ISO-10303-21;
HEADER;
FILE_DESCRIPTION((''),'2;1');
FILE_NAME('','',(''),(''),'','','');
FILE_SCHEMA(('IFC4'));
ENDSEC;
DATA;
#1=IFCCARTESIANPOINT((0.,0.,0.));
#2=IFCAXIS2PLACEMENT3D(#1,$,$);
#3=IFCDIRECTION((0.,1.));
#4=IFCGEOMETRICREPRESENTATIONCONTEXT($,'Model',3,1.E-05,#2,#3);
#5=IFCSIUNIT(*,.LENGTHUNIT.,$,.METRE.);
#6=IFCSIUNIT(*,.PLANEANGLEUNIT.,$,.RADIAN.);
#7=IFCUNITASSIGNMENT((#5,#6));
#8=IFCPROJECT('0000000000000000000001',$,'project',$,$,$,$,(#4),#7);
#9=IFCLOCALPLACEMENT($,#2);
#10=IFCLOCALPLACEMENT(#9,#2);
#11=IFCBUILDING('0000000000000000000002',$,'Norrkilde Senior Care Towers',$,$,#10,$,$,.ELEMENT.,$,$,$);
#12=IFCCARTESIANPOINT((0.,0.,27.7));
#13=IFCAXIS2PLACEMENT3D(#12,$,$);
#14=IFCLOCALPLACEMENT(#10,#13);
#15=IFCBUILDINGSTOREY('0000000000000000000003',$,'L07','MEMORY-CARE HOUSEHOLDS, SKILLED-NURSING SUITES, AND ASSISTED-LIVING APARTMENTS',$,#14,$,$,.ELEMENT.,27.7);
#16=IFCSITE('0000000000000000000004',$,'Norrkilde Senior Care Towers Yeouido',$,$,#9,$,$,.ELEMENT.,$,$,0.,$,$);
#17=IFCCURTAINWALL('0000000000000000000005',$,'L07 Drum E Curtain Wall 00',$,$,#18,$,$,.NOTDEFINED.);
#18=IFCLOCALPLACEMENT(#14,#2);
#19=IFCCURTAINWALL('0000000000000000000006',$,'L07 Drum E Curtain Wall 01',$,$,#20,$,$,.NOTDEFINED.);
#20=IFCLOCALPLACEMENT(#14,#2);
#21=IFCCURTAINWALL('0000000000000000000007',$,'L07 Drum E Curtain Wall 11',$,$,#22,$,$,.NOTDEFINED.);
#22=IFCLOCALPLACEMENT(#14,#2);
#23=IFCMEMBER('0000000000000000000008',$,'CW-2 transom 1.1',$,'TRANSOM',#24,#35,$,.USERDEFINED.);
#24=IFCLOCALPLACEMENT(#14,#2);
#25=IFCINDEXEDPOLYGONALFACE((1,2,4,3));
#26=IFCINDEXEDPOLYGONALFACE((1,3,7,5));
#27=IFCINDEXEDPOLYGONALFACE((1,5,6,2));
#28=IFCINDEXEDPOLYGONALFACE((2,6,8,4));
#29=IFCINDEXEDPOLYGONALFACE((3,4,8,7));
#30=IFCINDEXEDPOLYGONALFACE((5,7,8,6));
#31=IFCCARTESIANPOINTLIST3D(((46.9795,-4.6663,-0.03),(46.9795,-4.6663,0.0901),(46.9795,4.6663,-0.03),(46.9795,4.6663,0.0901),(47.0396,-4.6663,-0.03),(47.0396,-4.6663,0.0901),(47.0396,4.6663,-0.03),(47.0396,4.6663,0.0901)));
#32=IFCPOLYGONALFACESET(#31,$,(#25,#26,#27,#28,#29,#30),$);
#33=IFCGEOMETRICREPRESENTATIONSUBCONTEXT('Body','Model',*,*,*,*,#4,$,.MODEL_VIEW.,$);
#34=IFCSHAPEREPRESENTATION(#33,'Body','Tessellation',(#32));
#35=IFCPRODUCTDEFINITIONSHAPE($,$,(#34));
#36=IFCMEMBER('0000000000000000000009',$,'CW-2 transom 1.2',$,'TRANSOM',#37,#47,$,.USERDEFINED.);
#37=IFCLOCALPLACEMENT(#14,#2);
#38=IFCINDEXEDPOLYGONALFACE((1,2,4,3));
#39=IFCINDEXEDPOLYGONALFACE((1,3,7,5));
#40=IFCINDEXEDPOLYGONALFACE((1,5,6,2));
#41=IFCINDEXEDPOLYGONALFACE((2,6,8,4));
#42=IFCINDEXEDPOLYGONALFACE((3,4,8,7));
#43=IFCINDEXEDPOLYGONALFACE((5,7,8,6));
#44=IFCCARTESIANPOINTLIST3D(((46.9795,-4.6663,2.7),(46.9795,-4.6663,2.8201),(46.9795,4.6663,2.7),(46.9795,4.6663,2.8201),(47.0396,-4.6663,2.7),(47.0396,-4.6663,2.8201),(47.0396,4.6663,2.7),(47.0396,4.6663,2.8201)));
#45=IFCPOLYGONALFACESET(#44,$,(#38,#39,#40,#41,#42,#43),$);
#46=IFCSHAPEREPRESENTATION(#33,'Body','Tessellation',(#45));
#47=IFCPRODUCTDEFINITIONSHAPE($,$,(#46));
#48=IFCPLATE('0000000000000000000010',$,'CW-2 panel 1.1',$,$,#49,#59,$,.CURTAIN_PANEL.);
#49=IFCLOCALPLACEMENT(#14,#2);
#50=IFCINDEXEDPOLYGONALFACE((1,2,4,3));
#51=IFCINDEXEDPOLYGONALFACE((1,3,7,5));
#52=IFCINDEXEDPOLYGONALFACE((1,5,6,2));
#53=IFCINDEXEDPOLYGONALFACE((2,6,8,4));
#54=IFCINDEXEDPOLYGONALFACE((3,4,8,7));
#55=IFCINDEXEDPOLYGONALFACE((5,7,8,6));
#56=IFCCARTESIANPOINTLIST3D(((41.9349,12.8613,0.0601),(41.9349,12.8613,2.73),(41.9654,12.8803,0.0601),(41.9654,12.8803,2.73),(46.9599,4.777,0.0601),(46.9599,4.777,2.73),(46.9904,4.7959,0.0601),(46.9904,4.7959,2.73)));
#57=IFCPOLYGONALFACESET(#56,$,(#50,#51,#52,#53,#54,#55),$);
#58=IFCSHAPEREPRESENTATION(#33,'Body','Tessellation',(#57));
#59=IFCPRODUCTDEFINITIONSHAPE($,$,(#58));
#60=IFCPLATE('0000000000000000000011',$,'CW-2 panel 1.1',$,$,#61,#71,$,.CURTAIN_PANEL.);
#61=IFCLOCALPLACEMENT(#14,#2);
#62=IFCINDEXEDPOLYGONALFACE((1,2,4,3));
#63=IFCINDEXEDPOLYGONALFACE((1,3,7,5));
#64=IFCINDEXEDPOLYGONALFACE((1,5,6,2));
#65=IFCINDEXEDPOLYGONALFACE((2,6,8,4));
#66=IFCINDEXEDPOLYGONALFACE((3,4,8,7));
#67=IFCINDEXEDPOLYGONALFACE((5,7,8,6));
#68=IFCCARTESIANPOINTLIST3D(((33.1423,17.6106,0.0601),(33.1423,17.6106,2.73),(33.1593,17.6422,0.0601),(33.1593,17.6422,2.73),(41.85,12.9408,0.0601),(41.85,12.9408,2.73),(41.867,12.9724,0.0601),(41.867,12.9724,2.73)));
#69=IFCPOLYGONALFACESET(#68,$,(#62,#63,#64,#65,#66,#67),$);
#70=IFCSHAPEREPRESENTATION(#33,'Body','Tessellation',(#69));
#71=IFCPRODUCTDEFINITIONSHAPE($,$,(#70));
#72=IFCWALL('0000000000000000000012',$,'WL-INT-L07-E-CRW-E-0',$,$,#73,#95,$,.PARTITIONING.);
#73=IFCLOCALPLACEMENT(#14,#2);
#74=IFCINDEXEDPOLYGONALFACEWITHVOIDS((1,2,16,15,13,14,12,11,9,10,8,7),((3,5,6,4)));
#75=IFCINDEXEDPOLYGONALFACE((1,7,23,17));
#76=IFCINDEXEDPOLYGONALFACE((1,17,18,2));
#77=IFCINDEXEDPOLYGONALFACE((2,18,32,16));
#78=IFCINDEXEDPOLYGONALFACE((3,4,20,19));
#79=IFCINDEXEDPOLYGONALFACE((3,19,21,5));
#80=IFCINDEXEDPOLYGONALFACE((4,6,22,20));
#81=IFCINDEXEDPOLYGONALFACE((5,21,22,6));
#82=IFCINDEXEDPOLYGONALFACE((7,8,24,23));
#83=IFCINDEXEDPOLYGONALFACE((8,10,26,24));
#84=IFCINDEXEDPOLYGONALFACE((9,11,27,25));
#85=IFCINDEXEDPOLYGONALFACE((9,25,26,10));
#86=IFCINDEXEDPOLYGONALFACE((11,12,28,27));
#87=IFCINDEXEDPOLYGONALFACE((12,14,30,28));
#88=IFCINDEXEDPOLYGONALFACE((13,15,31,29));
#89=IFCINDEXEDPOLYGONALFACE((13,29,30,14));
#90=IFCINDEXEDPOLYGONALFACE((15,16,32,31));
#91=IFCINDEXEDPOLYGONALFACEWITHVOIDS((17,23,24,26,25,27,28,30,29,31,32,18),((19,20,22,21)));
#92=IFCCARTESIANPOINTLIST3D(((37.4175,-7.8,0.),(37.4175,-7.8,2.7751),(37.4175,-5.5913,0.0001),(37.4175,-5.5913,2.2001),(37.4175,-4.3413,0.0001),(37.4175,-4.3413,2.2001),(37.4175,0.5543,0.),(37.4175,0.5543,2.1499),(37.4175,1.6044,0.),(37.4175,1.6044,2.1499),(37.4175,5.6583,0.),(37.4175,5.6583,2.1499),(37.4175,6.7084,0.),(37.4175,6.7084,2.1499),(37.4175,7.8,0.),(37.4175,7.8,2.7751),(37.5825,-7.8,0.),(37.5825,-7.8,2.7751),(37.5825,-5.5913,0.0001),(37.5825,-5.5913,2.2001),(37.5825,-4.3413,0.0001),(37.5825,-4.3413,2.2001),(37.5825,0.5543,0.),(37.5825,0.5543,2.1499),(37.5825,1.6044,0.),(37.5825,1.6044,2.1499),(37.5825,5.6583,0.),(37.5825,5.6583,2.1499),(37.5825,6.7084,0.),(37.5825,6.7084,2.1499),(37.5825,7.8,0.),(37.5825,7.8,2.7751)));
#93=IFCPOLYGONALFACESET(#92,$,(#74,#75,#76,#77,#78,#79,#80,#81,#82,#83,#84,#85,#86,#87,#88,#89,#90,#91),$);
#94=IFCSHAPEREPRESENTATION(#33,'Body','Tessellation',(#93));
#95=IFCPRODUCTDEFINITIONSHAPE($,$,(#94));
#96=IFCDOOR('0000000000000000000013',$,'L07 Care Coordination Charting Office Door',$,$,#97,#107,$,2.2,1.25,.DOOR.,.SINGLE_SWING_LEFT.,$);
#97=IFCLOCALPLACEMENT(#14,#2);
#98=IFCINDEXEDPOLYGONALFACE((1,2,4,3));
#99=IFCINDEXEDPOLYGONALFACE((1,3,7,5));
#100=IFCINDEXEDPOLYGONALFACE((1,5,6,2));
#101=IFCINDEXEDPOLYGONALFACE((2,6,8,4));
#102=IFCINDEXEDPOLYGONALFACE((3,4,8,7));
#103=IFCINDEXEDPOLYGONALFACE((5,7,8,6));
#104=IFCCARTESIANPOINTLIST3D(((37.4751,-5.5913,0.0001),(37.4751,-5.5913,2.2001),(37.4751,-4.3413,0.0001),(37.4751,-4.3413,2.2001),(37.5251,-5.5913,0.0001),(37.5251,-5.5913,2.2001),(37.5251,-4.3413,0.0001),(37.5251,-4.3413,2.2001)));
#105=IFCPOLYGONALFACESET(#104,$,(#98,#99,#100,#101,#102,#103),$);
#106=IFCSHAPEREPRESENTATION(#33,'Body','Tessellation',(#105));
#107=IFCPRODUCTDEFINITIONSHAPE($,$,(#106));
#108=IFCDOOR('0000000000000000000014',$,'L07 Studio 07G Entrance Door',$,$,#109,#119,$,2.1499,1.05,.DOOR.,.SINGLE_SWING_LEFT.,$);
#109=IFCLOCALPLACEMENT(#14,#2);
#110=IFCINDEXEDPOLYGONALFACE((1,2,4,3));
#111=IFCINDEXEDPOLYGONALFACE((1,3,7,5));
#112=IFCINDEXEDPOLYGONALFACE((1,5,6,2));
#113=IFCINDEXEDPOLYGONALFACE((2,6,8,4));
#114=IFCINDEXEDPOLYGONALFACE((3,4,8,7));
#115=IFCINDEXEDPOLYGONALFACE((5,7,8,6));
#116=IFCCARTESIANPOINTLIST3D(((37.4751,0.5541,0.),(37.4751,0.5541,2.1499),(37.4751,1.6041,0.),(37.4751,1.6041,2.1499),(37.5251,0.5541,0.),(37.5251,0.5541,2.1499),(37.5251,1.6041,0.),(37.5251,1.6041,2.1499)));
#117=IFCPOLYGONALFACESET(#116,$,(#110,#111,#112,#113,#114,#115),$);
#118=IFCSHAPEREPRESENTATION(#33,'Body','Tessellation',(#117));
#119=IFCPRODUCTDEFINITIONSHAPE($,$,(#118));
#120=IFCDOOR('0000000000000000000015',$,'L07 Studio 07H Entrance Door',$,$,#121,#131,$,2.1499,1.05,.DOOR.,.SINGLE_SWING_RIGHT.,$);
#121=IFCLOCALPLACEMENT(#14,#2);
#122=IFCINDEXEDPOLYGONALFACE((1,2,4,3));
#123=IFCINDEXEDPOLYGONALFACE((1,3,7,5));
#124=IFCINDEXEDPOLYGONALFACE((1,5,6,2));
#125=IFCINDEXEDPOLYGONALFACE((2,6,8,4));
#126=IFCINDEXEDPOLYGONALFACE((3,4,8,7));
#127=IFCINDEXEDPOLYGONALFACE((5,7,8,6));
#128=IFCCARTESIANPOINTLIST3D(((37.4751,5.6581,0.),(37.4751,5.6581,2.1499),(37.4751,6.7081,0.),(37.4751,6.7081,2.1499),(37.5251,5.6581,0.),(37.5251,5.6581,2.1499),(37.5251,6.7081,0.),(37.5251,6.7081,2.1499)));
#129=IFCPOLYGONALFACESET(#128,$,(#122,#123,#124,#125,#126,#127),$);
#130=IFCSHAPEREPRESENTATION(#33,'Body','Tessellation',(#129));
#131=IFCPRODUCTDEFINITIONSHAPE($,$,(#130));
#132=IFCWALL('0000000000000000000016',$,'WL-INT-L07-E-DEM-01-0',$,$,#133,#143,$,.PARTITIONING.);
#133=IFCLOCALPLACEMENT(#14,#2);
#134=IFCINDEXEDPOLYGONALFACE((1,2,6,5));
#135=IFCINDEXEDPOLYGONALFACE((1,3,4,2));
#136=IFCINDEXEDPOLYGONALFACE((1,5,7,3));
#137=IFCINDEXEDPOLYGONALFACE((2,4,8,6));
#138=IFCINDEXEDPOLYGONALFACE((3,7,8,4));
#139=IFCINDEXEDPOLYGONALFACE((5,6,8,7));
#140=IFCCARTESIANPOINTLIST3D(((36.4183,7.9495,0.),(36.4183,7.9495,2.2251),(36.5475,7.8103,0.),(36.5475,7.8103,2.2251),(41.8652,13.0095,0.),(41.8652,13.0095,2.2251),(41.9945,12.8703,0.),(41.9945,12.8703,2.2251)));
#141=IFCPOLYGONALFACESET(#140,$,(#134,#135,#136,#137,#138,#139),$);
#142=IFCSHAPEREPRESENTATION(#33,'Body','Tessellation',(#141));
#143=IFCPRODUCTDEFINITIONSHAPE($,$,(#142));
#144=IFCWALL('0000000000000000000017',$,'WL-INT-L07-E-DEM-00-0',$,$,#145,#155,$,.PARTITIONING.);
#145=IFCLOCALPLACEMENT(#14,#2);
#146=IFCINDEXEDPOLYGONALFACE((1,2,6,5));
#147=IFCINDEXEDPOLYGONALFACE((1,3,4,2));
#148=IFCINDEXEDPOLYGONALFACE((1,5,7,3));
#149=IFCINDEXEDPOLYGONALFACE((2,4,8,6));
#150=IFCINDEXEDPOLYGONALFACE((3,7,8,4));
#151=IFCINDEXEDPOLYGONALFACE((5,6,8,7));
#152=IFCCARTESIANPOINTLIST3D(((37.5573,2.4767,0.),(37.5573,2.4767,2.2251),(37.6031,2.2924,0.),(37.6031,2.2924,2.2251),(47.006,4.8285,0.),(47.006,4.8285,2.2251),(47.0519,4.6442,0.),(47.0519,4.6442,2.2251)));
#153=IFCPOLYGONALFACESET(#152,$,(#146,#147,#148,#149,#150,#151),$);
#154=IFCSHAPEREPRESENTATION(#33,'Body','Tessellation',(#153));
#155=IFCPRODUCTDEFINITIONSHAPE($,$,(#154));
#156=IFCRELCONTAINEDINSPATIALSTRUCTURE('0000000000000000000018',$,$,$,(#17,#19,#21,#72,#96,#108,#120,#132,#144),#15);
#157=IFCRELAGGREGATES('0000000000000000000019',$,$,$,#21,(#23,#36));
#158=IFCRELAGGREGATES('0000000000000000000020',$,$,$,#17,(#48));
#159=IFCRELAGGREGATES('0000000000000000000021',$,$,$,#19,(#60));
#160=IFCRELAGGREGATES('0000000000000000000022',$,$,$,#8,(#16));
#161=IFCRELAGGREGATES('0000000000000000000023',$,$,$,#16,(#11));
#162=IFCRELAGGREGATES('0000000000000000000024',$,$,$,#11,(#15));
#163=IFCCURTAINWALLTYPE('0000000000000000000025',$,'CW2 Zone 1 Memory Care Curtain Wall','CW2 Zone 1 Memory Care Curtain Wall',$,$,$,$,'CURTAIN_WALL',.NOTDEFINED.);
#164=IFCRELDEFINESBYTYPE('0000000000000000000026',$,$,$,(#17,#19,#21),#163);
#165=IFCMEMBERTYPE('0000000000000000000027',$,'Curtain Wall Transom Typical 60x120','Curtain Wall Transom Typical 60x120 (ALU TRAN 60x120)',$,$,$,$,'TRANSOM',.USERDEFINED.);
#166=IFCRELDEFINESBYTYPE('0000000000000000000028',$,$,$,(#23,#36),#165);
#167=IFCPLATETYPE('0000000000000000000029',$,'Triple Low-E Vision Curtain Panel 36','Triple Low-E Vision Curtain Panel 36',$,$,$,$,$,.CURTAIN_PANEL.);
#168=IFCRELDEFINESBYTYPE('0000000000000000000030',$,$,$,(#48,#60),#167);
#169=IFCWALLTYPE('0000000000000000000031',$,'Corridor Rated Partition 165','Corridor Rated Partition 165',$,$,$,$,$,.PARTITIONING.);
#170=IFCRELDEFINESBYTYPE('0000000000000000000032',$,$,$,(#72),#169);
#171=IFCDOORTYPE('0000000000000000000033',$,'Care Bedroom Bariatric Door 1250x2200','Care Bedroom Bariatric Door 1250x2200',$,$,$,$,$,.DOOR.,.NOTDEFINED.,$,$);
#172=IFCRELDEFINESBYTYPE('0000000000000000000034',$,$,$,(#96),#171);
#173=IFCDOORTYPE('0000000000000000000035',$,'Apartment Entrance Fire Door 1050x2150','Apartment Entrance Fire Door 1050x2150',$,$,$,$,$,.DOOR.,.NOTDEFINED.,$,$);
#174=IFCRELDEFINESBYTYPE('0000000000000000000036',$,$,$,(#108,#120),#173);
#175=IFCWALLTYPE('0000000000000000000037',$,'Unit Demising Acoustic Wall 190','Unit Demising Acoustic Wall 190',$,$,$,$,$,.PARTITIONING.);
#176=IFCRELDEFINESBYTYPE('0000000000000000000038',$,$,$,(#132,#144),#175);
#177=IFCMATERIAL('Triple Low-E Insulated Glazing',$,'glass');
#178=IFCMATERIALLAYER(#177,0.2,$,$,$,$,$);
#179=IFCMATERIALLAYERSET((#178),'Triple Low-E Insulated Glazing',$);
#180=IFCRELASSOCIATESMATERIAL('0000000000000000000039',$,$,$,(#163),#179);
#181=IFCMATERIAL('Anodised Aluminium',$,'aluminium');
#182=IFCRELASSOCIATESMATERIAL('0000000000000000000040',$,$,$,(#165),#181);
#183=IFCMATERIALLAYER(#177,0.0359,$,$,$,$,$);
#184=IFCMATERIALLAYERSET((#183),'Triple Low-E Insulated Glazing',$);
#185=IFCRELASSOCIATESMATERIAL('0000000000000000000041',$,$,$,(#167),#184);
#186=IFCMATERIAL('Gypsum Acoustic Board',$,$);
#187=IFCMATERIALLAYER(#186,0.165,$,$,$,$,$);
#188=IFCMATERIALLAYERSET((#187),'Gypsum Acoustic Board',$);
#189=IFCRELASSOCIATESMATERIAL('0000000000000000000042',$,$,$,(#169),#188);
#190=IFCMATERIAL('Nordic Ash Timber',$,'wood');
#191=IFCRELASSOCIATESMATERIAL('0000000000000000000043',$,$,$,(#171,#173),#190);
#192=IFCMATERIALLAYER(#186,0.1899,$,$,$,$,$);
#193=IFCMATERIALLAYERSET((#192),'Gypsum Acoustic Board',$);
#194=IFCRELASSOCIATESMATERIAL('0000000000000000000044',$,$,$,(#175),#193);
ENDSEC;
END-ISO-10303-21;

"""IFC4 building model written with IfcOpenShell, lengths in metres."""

from ifc_helpers import new_model, si_unit, direction, frame, frame_2d, origin, origin_2d, place, context, subcontext, project, spatial, rectangle, extrude, source, transform, mapped, material, layer, layer_set, material_profile, profile_set, type_object, type_shapes, element, fill, aggregate, save


model = new_model("IFC4")

# Units and contexts
model_context = context("Model", 3, precision=1e-05, world=origin(), true_north=direction((0.0, 1.0)))
body_context = subcontext(model_context, "Body", "Model", "MODEL_VIEW")
ifc_project = project(units=[si_unit("LENGTHUNIT", "METRE"), si_unit("PLANEANGLEUNIT", "RADIAN")], contexts=[model_context])

# Site, building, storey
site_placement = place(None, origin())
site = spatial("IfcSite", under=ifc_project, at=site_placement, Name="Norrkilde Senior Care Towers Yeouido", CompositionType="ELEMENT", RefElevation=0.0)
building_placement = place(site_placement, origin())
building = spatial("IfcBuilding", under=site, at=building_placement, Name="Norrkilde Senior Care Towers", CompositionType="ELEMENT")
storey_placement = place(building_placement, frame((0.0, 0.0, 27.7)))
storey = spatial("IfcBuildingStorey", under=building, at=storey_placement, Name="L07", Description="MEMORY-CARE HOUSEHOLDS, SKILLED-NURSING SUITES, AND ASSISTED-LIVING APARTMENTS", CompositionType="ELEMENT", Elevation=27.7)

# Curtain wall
ifc_material_1 = material(Name="Triple Low-E Insulated Glazing", Category="glass")
ifc_layer_1 = layer(ifc_material_1, 0.2)
ifc_layer_set_1 = layer_set([ifc_layer_1], Name="Triple Low-E Insulated Glazing")
curtain_wall_type = type_object("IfcCurtainWallType", Name="CW2 Zone 1 Memory Care Curtain Wall", Description="CW2 Zone 1 Memory Care Curtain Wall", ElementType="CURTAIN_WALL", PredefinedType="NOTDEFINED", material=ifc_layer_set_1)
curtain_wall_1_placement = place(storey_placement, origin())
curtain_wall_1 = element("IfcCurtainWall", 1, at=curtain_wall_1_placement, inside=storey, type_object=curtain_wall_type, Name="L07 Drum E Curtain Wall 00", PredefinedType="NOTDEFINED")
ifc_material_2 = material(Name="Anodised Aluminium", Category="aluminium")

# Curtain walls
curtain_wall_2_placement = place(storey_placement, origin())
curtain_wall_2 = element("IfcCurtainWall", 2, at=curtain_wall_2_placement, inside=storey, type_object=curtain_wall_type, Name="L07 Drum E Curtain Wall 01", PredefinedType="NOTDEFINED")
curtain_wall_3_placement = place(storey_placement, origin())
curtain_wall_3 = element("IfcCurtainWall", 3, at=curtain_wall_3_placement, inside=storey, type_object=curtain_wall_type, Name="L07 Drum E Curtain Wall 11", PredefinedType="NOTDEFINED")

# Members
ifc_material_profile_1 = material_profile(ifc_material_2, rectangle(XDim=0.0601, YDim=0.1201, at=origin_2d()), Name="ALU TRAN 60x120")
ifc_profile_set_1 = profile_set([ifc_material_profile_1], Name="Anodised Aluminium")
member_type_1 = type_object("IfcMemberType", Name="Curtain Wall Transom Typical 60x120", Description="Curtain Wall Transom Typical 60x120 (ALU TRAN 60x120)", ElementType="TRANSOM", PredefinedType="USERDEFINED", material=ifc_profile_set_1)
shared_shape_1 = source(origin(), body_context, "Body", "SweptSolid", [
    extrude(rectangle(XDim=0.0601, YDim=0.1201, at=origin_2d()), origin(), (0.0, 0.0, 1.0), 9.3325),
])
member_1_placement = place(storey_placement, frame((47.0095, 4.6663, 0.03), z_axis=(0.0, -1.0, 0.0), x_axis=(1.0, 0.0, 0.0)))
member_1 = element("IfcMember", 4, at=member_1_placement, type_object=member_type_1, Name="CW-2 transom 1.1", ObjectType="TRANSOM", PredefinedType="USERDEFINED", context=body_context, shape_type="MappedRepresentation", body=[
    mapped(shared_shape_1, transform((0.0, 0.0, 0.0), x_axis=(1.0, 0.0, 0.0), y_axis=(0.0, 1.0, 0.0), z_axis=(0.0, 0.0, 1.0), scale=1.0)),
])
member_2_placement = place(storey_placement, frame((47.0095, 4.6663, 2.76), z_axis=(0.0, -1.0, 0.0), x_axis=(1.0, 0.0, 0.0)))
member_2 = element("IfcMember", 5, at=member_2_placement, type_object=member_type_1, Name="CW-2 transom 1.2", ObjectType="TRANSOM", PredefinedType="USERDEFINED", context=body_context, shape_type="MappedRepresentation", body=[
    mapped(shared_shape_1, transform((0.0, 0.0, 0.0), x_axis=(1.0, 0.0, 0.0), y_axis=(0.0, 1.0, 0.0), z_axis=(0.0, 0.0, 1.0), scale=1.0)),
])
aggregate(curtain_wall_3, [member_1, member_2])

# Plates
ifc_layer_2 = layer(ifc_material_1, 0.0359)
ifc_layer_set_2 = layer_set([ifc_layer_2], Name="Triple Low-E Insulated Glazing")
plate_type = type_object("IfcPlateType", Name="Triple Low-E Vision Curtain Panel 36", Description="Triple Low-E Vision Curtain Panel 36", PredefinedType="CURTAIN_PANEL", material=ifc_layer_set_2)
shared_shape_2 = source(origin(), body_context, "Body", "SweptSolid", [
    extrude(rectangle(XDim=9.5188, YDim=0.0359, at=origin_2d()), origin(), (0.0, 0.0, 1.0), 2.6699),
])
plate_1_placement = place(storey_placement, frame((44.4626, 8.8286, 0.0601), z_axis=(0.0, 0.0, 1.0), x_axis=(0.527901, -0.849306, 0.0)))
plate_1 = element("IfcPlate", 6, at=plate_1_placement, type_object=plate_type, Name="CW-2 panel 1.1", PredefinedType="CURTAIN_PANEL", context=body_context, shape_type="MappedRepresentation", body=[
    mapped(shared_shape_2, transform((0.0, 0.0, 0.0), x_axis=(1.0, 0.0, 0.0), y_axis=(0.0, 1.0, 0.0), z_axis=(0.0, 0.0, 1.0), scale=1.0)),
])
aggregate(curtain_wall_1, [plate_1])
shared_shape_3 = source(origin(), body_context, "Body", "SweptSolid", [
    extrude(rectangle(XDim=9.8809, YDim=0.0359, at=origin_2d()), origin(), (0.0, 0.0, 1.0), 2.6699),
])
type_shapes(plate_type, [shared_shape_2, shared_shape_3])
plate_2_placement = place(storey_placement, frame((37.5046, 15.2915, 0.0601), z_axis=(0.0, 0.0, 1.0), x_axis=(0.881273, -0.472608, 0.0)))
plate_2 = element("IfcPlate", 7, at=plate_2_placement, type_object=plate_type, Name="CW-2 panel 1.1", PredefinedType="CURTAIN_PANEL", context=body_context, shape_type="MappedRepresentation", body=[
    mapped(shared_shape_3, transform((0.0, 0.0, 0.0), x_axis=(1.0, 0.0, 0.0), y_axis=(0.0, 1.0, 0.0), z_axis=(0.0, 0.0, 1.0), scale=1.0)),
])
aggregate(curtain_wall_2, [plate_2])

# Wall, openings, doors
ifc_material_3 = material(Name="Gypsum Acoustic Board")
ifc_layer_3 = layer(ifc_material_3, 0.165)
ifc_layer_set_3 = layer_set([ifc_layer_3], Name="Gypsum Acoustic Board")
wall_type_1 = type_object("IfcWallType", Name="Corridor Rated Partition 165", Description="Corridor Rated Partition 165", PredefinedType="PARTITIONING", material=ifc_layer_set_3)
shared_shape_4 = source(origin(), body_context, "Body", "SweptSolid", [
    extrude(rectangle(XDim=15.6001, YDim=0.165, at=frame_2d((7.8, 0.0))), origin(), (0.0, 0.0, 1.0), 2.7751),
])
type_shapes(wall_type_1, [shared_shape_4])
wall_1_placement = place(storey_placement, frame((37.5, 7.8, 0.0), z_axis=(0.0, 0.0, 1.0), x_axis=(0.0, -1.0, 0.0)))
wall_1 = element("IfcWall", 8, at=wall_1_placement, inside=storey, type_object=wall_type_1, Name="WL-INT-L07-E-CRW-E-0", PredefinedType="PARTITIONING", context=body_context, shape_type="MappedRepresentation", body=[
    mapped(shared_shape_4, transform((0.0, 0.0, 0.0), x_axis=(1.0, 0.0, 0.0), y_axis=(0.0, 1.0, 0.0), z_axis=(0.0, 0.0, 1.0), scale=1.0)),
])
opening_1_placement = place(wall_1_placement, frame((12.1414, 0.0, 0.0)))
opening_1 = element("IfcOpeningElement", 9, at=opening_1_placement, cuts=wall_1, PredefinedType="OPENING", context=body_context, shape_type="SweptSolid", body=[
    extrude(rectangle(XDim=1.25, YDim=2.2, at=frame_2d((0.625, 1.1001))), frame((0.0, 0.0925, 0.0), z_axis=(0.0, -1.0, 0.0), x_axis=(1.0, 0.0, 0.0)), (0.0, 0.0, 1.0), 0.1851),
])
opening_2_placement = place(wall_1_placement, frame((6.1958, 0.0, 0.0)))
opening_2 = element("IfcOpeningElement", 10, at=opening_2_placement, cuts=wall_1, PredefinedType="OPENING", context=body_context, shape_type="SweptSolid", body=[
    extrude(rectangle(XDim=1.05, YDim=2.1499, at=frame_2d((0.5249, 1.075))), frame((0.0, 0.0925, 0.0), z_axis=(0.0, -1.0, 0.0), x_axis=(1.0, 0.0, 0.0)), (0.0, 0.0, 1.0), 0.1851),
])
opening_3_placement = place(wall_1_placement, frame((1.0918, 0.0, 0.0)))
opening_3 = element("IfcOpeningElement", 11, at=opening_3_placement, cuts=wall_1, PredefinedType="OPENING", context=body_context, shape_type="SweptSolid", body=[
    extrude(rectangle(XDim=1.05, YDim=2.1499, at=frame_2d((0.5249, 1.075))), frame((0.0, 0.0925, 0.0), z_axis=(0.0, -1.0, 0.0), x_axis=(1.0, 0.0, 0.0)), (0.0, 0.0, 1.0), 0.1851),
])
ifc_material_4 = material(Name="Nordic Ash Timber", Category="wood")
door_type_1 = type_object("IfcDoorType", Name="Care Bedroom Bariatric Door 1250x2200", Description="Care Bedroom Bariatric Door 1250x2200", OperationType="NOTDEFINED", PredefinedType="DOOR", material=ifc_material_4)
shared_shape_5 = source(origin(), body_context, "Body", "SweptSolid", [
    extrude(rectangle(XDim=1.25, YDim=2.2, at=frame_2d((0.625, 1.1001))), frame((0.0, 0.0249, 0.0), z_axis=(0.0, -1.0, 0.0), x_axis=(1.0, 0.0, 0.0)), (0.0, 0.0, 1.0), 0.05),
])
type_shapes(door_type_1, [shared_shape_5])
door_1_placement = place(opening_1_placement, frame((1.25, 0.0, 0.0), z_axis=(0.0, 0.0, 1.0), x_axis=(-1.0, 0.0, 0.0)))
door_1 = element("IfcDoor", 12, at=door_1_placement, inside=storey, type_object=door_type_1, Name="L07 Care Coordination Charting Office Door", OperationType="SINGLE_SWING_LEFT", OverallHeight=2.2, OverallWidth=1.25, PredefinedType="DOOR", context=body_context, shape_type="MappedRepresentation", body=[
    mapped(shared_shape_5, transform((0.0, 0.0, 0.0), x_axis=(1.0, 0.0, 0.0), y_axis=(0.0, 1.0, 0.0), z_axis=(0.0, 0.0, 1.0), scale=1.0)),
])
fill(opening_1, door_1)
door_type_2 = type_object("IfcDoorType", Name="Apartment Entrance Fire Door 1050x2150", Description="Apartment Entrance Fire Door 1050x2150", OperationType="NOTDEFINED", PredefinedType="DOOR", material=ifc_material_4)
shared_shape_6 = source(origin(), body_context, "Body", "SweptSolid", [
    extrude(rectangle(XDim=1.05, YDim=2.1499, at=frame_2d((0.5249, 1.075))), frame((0.0, 0.0249, 0.0), z_axis=(0.0, -1.0, 0.0), x_axis=(1.0, 0.0, 0.0)), (0.0, 0.0, 1.0), 0.05),
])
type_shapes(door_type_2, [shared_shape_6])
door_2_placement = place(opening_2_placement, frame((1.05, 0.0, 0.0), z_axis=(0.0, 0.0, 1.0), x_axis=(-1.0, 0.0, 0.0)))
door_2 = element("IfcDoor", 13, at=door_2_placement, inside=storey, type_object=door_type_2, Name="L07 Studio 07G Entrance Door", OperationType="SINGLE_SWING_LEFT", OverallHeight=2.1499, OverallWidth=1.05, PredefinedType="DOOR", context=body_context, shape_type="MappedRepresentation", body=[
    mapped(shared_shape_6, transform((0.0, 0.0, 0.0), x_axis=(1.0, 0.0, 0.0), y_axis=(0.0, 1.0, 0.0), z_axis=(0.0, 0.0, 1.0), scale=1.0)),
])
fill(opening_2, door_2)
door_3_placement = place(opening_3_placement, frame((1.05, 0.0, 0.0), z_axis=(0.0, 0.0, 1.0), x_axis=(-1.0, 0.0, 0.0)))
door_3 = element("IfcDoor", 14, at=door_3_placement, inside=storey, type_object=door_type_2, Name="L07 Studio 07H Entrance Door", OperationType="SINGLE_SWING_RIGHT", OverallHeight=2.1499, OverallWidth=1.05, PredefinedType="DOOR", context=body_context, shape_type="MappedRepresentation", body=[
    mapped(shared_shape_6, transform((0.0, 0.0, 0.0), x_axis=(1.0, 0.0, 0.0), y_axis=(0.0, 1.0, 0.0), z_axis=(0.0, 0.0, 1.0), scale=1.0)),
])
fill(opening_3, door_3)

# Walls
ifc_layer_4 = layer(ifc_material_3, 0.1899)
ifc_layer_set_4 = layer_set([ifc_layer_4], Name="Gypsum Acoustic Board")
wall_type_2 = type_object("IfcWallType", Name="Unit Demising Acoustic Wall 190", Description="Unit Demising Acoustic Wall 190", PredefinedType="PARTITIONING", material=ifc_layer_set_4)
shared_shape_7 = source(origin(), body_context, "Body", "SweptSolid", [
    extrude(rectangle(XDim=7.4346, YDim=0.1899, at=frame_2d((3.7173, 0.0))), origin(), (0.0, 0.0, 1.0), 2.2251),
])
wall_2_placement = place(storey_placement, frame((36.4829, 7.8799, 0.0), z_axis=(0.0, 0.0, 1.0), x_axis=(0.732652, 0.680603, 0.0)))
element("IfcWall", 15, at=wall_2_placement, inside=storey, type_object=wall_type_2, Name="WL-INT-L07-E-DEM-01-0", PredefinedType="PARTITIONING", context=body_context, shape_type="MappedRepresentation", body=[
    mapped(shared_shape_7, transform((0.0, 0.0, 0.0), x_axis=(1.0, 0.0, 0.0), y_axis=(0.0, 1.0, 0.0), z_axis=(0.0, 0.0, 1.0), scale=1.0)),
])
shared_shape_8 = source(origin(), body_context, "Body", "SweptSolid", [
    extrude(rectangle(XDim=9.7371, YDim=0.1899, at=frame_2d((4.8687, 0.0))), origin(), (0.0, 0.0, 1.0), 2.2251),
])
type_shapes(wall_type_2, [shared_shape_7, shared_shape_8])
wall_3_placement = place(storey_placement, frame((37.5801, 2.3845, 0.0), z_axis=(0.0, 0.0, 1.0), x_axis=(0.970393, 0.241533, 0.0)))
element("IfcWall", 16, at=wall_3_placement, inside=storey, type_object=wall_type_2, Name="WL-INT-L07-E-DEM-00-0", PredefinedType="PARTITIONING", context=body_context, shape_type="MappedRepresentation", body=[
    mapped(shared_shape_8, transform((0.0, 0.0, 0.0), x_axis=(1.0, 0.0, 0.0), y_axis=(0.0, 1.0, 0.0), z_axis=(0.0, 0.0, 1.0), scale=1.0)),
])

save(model, "model.ifc")
